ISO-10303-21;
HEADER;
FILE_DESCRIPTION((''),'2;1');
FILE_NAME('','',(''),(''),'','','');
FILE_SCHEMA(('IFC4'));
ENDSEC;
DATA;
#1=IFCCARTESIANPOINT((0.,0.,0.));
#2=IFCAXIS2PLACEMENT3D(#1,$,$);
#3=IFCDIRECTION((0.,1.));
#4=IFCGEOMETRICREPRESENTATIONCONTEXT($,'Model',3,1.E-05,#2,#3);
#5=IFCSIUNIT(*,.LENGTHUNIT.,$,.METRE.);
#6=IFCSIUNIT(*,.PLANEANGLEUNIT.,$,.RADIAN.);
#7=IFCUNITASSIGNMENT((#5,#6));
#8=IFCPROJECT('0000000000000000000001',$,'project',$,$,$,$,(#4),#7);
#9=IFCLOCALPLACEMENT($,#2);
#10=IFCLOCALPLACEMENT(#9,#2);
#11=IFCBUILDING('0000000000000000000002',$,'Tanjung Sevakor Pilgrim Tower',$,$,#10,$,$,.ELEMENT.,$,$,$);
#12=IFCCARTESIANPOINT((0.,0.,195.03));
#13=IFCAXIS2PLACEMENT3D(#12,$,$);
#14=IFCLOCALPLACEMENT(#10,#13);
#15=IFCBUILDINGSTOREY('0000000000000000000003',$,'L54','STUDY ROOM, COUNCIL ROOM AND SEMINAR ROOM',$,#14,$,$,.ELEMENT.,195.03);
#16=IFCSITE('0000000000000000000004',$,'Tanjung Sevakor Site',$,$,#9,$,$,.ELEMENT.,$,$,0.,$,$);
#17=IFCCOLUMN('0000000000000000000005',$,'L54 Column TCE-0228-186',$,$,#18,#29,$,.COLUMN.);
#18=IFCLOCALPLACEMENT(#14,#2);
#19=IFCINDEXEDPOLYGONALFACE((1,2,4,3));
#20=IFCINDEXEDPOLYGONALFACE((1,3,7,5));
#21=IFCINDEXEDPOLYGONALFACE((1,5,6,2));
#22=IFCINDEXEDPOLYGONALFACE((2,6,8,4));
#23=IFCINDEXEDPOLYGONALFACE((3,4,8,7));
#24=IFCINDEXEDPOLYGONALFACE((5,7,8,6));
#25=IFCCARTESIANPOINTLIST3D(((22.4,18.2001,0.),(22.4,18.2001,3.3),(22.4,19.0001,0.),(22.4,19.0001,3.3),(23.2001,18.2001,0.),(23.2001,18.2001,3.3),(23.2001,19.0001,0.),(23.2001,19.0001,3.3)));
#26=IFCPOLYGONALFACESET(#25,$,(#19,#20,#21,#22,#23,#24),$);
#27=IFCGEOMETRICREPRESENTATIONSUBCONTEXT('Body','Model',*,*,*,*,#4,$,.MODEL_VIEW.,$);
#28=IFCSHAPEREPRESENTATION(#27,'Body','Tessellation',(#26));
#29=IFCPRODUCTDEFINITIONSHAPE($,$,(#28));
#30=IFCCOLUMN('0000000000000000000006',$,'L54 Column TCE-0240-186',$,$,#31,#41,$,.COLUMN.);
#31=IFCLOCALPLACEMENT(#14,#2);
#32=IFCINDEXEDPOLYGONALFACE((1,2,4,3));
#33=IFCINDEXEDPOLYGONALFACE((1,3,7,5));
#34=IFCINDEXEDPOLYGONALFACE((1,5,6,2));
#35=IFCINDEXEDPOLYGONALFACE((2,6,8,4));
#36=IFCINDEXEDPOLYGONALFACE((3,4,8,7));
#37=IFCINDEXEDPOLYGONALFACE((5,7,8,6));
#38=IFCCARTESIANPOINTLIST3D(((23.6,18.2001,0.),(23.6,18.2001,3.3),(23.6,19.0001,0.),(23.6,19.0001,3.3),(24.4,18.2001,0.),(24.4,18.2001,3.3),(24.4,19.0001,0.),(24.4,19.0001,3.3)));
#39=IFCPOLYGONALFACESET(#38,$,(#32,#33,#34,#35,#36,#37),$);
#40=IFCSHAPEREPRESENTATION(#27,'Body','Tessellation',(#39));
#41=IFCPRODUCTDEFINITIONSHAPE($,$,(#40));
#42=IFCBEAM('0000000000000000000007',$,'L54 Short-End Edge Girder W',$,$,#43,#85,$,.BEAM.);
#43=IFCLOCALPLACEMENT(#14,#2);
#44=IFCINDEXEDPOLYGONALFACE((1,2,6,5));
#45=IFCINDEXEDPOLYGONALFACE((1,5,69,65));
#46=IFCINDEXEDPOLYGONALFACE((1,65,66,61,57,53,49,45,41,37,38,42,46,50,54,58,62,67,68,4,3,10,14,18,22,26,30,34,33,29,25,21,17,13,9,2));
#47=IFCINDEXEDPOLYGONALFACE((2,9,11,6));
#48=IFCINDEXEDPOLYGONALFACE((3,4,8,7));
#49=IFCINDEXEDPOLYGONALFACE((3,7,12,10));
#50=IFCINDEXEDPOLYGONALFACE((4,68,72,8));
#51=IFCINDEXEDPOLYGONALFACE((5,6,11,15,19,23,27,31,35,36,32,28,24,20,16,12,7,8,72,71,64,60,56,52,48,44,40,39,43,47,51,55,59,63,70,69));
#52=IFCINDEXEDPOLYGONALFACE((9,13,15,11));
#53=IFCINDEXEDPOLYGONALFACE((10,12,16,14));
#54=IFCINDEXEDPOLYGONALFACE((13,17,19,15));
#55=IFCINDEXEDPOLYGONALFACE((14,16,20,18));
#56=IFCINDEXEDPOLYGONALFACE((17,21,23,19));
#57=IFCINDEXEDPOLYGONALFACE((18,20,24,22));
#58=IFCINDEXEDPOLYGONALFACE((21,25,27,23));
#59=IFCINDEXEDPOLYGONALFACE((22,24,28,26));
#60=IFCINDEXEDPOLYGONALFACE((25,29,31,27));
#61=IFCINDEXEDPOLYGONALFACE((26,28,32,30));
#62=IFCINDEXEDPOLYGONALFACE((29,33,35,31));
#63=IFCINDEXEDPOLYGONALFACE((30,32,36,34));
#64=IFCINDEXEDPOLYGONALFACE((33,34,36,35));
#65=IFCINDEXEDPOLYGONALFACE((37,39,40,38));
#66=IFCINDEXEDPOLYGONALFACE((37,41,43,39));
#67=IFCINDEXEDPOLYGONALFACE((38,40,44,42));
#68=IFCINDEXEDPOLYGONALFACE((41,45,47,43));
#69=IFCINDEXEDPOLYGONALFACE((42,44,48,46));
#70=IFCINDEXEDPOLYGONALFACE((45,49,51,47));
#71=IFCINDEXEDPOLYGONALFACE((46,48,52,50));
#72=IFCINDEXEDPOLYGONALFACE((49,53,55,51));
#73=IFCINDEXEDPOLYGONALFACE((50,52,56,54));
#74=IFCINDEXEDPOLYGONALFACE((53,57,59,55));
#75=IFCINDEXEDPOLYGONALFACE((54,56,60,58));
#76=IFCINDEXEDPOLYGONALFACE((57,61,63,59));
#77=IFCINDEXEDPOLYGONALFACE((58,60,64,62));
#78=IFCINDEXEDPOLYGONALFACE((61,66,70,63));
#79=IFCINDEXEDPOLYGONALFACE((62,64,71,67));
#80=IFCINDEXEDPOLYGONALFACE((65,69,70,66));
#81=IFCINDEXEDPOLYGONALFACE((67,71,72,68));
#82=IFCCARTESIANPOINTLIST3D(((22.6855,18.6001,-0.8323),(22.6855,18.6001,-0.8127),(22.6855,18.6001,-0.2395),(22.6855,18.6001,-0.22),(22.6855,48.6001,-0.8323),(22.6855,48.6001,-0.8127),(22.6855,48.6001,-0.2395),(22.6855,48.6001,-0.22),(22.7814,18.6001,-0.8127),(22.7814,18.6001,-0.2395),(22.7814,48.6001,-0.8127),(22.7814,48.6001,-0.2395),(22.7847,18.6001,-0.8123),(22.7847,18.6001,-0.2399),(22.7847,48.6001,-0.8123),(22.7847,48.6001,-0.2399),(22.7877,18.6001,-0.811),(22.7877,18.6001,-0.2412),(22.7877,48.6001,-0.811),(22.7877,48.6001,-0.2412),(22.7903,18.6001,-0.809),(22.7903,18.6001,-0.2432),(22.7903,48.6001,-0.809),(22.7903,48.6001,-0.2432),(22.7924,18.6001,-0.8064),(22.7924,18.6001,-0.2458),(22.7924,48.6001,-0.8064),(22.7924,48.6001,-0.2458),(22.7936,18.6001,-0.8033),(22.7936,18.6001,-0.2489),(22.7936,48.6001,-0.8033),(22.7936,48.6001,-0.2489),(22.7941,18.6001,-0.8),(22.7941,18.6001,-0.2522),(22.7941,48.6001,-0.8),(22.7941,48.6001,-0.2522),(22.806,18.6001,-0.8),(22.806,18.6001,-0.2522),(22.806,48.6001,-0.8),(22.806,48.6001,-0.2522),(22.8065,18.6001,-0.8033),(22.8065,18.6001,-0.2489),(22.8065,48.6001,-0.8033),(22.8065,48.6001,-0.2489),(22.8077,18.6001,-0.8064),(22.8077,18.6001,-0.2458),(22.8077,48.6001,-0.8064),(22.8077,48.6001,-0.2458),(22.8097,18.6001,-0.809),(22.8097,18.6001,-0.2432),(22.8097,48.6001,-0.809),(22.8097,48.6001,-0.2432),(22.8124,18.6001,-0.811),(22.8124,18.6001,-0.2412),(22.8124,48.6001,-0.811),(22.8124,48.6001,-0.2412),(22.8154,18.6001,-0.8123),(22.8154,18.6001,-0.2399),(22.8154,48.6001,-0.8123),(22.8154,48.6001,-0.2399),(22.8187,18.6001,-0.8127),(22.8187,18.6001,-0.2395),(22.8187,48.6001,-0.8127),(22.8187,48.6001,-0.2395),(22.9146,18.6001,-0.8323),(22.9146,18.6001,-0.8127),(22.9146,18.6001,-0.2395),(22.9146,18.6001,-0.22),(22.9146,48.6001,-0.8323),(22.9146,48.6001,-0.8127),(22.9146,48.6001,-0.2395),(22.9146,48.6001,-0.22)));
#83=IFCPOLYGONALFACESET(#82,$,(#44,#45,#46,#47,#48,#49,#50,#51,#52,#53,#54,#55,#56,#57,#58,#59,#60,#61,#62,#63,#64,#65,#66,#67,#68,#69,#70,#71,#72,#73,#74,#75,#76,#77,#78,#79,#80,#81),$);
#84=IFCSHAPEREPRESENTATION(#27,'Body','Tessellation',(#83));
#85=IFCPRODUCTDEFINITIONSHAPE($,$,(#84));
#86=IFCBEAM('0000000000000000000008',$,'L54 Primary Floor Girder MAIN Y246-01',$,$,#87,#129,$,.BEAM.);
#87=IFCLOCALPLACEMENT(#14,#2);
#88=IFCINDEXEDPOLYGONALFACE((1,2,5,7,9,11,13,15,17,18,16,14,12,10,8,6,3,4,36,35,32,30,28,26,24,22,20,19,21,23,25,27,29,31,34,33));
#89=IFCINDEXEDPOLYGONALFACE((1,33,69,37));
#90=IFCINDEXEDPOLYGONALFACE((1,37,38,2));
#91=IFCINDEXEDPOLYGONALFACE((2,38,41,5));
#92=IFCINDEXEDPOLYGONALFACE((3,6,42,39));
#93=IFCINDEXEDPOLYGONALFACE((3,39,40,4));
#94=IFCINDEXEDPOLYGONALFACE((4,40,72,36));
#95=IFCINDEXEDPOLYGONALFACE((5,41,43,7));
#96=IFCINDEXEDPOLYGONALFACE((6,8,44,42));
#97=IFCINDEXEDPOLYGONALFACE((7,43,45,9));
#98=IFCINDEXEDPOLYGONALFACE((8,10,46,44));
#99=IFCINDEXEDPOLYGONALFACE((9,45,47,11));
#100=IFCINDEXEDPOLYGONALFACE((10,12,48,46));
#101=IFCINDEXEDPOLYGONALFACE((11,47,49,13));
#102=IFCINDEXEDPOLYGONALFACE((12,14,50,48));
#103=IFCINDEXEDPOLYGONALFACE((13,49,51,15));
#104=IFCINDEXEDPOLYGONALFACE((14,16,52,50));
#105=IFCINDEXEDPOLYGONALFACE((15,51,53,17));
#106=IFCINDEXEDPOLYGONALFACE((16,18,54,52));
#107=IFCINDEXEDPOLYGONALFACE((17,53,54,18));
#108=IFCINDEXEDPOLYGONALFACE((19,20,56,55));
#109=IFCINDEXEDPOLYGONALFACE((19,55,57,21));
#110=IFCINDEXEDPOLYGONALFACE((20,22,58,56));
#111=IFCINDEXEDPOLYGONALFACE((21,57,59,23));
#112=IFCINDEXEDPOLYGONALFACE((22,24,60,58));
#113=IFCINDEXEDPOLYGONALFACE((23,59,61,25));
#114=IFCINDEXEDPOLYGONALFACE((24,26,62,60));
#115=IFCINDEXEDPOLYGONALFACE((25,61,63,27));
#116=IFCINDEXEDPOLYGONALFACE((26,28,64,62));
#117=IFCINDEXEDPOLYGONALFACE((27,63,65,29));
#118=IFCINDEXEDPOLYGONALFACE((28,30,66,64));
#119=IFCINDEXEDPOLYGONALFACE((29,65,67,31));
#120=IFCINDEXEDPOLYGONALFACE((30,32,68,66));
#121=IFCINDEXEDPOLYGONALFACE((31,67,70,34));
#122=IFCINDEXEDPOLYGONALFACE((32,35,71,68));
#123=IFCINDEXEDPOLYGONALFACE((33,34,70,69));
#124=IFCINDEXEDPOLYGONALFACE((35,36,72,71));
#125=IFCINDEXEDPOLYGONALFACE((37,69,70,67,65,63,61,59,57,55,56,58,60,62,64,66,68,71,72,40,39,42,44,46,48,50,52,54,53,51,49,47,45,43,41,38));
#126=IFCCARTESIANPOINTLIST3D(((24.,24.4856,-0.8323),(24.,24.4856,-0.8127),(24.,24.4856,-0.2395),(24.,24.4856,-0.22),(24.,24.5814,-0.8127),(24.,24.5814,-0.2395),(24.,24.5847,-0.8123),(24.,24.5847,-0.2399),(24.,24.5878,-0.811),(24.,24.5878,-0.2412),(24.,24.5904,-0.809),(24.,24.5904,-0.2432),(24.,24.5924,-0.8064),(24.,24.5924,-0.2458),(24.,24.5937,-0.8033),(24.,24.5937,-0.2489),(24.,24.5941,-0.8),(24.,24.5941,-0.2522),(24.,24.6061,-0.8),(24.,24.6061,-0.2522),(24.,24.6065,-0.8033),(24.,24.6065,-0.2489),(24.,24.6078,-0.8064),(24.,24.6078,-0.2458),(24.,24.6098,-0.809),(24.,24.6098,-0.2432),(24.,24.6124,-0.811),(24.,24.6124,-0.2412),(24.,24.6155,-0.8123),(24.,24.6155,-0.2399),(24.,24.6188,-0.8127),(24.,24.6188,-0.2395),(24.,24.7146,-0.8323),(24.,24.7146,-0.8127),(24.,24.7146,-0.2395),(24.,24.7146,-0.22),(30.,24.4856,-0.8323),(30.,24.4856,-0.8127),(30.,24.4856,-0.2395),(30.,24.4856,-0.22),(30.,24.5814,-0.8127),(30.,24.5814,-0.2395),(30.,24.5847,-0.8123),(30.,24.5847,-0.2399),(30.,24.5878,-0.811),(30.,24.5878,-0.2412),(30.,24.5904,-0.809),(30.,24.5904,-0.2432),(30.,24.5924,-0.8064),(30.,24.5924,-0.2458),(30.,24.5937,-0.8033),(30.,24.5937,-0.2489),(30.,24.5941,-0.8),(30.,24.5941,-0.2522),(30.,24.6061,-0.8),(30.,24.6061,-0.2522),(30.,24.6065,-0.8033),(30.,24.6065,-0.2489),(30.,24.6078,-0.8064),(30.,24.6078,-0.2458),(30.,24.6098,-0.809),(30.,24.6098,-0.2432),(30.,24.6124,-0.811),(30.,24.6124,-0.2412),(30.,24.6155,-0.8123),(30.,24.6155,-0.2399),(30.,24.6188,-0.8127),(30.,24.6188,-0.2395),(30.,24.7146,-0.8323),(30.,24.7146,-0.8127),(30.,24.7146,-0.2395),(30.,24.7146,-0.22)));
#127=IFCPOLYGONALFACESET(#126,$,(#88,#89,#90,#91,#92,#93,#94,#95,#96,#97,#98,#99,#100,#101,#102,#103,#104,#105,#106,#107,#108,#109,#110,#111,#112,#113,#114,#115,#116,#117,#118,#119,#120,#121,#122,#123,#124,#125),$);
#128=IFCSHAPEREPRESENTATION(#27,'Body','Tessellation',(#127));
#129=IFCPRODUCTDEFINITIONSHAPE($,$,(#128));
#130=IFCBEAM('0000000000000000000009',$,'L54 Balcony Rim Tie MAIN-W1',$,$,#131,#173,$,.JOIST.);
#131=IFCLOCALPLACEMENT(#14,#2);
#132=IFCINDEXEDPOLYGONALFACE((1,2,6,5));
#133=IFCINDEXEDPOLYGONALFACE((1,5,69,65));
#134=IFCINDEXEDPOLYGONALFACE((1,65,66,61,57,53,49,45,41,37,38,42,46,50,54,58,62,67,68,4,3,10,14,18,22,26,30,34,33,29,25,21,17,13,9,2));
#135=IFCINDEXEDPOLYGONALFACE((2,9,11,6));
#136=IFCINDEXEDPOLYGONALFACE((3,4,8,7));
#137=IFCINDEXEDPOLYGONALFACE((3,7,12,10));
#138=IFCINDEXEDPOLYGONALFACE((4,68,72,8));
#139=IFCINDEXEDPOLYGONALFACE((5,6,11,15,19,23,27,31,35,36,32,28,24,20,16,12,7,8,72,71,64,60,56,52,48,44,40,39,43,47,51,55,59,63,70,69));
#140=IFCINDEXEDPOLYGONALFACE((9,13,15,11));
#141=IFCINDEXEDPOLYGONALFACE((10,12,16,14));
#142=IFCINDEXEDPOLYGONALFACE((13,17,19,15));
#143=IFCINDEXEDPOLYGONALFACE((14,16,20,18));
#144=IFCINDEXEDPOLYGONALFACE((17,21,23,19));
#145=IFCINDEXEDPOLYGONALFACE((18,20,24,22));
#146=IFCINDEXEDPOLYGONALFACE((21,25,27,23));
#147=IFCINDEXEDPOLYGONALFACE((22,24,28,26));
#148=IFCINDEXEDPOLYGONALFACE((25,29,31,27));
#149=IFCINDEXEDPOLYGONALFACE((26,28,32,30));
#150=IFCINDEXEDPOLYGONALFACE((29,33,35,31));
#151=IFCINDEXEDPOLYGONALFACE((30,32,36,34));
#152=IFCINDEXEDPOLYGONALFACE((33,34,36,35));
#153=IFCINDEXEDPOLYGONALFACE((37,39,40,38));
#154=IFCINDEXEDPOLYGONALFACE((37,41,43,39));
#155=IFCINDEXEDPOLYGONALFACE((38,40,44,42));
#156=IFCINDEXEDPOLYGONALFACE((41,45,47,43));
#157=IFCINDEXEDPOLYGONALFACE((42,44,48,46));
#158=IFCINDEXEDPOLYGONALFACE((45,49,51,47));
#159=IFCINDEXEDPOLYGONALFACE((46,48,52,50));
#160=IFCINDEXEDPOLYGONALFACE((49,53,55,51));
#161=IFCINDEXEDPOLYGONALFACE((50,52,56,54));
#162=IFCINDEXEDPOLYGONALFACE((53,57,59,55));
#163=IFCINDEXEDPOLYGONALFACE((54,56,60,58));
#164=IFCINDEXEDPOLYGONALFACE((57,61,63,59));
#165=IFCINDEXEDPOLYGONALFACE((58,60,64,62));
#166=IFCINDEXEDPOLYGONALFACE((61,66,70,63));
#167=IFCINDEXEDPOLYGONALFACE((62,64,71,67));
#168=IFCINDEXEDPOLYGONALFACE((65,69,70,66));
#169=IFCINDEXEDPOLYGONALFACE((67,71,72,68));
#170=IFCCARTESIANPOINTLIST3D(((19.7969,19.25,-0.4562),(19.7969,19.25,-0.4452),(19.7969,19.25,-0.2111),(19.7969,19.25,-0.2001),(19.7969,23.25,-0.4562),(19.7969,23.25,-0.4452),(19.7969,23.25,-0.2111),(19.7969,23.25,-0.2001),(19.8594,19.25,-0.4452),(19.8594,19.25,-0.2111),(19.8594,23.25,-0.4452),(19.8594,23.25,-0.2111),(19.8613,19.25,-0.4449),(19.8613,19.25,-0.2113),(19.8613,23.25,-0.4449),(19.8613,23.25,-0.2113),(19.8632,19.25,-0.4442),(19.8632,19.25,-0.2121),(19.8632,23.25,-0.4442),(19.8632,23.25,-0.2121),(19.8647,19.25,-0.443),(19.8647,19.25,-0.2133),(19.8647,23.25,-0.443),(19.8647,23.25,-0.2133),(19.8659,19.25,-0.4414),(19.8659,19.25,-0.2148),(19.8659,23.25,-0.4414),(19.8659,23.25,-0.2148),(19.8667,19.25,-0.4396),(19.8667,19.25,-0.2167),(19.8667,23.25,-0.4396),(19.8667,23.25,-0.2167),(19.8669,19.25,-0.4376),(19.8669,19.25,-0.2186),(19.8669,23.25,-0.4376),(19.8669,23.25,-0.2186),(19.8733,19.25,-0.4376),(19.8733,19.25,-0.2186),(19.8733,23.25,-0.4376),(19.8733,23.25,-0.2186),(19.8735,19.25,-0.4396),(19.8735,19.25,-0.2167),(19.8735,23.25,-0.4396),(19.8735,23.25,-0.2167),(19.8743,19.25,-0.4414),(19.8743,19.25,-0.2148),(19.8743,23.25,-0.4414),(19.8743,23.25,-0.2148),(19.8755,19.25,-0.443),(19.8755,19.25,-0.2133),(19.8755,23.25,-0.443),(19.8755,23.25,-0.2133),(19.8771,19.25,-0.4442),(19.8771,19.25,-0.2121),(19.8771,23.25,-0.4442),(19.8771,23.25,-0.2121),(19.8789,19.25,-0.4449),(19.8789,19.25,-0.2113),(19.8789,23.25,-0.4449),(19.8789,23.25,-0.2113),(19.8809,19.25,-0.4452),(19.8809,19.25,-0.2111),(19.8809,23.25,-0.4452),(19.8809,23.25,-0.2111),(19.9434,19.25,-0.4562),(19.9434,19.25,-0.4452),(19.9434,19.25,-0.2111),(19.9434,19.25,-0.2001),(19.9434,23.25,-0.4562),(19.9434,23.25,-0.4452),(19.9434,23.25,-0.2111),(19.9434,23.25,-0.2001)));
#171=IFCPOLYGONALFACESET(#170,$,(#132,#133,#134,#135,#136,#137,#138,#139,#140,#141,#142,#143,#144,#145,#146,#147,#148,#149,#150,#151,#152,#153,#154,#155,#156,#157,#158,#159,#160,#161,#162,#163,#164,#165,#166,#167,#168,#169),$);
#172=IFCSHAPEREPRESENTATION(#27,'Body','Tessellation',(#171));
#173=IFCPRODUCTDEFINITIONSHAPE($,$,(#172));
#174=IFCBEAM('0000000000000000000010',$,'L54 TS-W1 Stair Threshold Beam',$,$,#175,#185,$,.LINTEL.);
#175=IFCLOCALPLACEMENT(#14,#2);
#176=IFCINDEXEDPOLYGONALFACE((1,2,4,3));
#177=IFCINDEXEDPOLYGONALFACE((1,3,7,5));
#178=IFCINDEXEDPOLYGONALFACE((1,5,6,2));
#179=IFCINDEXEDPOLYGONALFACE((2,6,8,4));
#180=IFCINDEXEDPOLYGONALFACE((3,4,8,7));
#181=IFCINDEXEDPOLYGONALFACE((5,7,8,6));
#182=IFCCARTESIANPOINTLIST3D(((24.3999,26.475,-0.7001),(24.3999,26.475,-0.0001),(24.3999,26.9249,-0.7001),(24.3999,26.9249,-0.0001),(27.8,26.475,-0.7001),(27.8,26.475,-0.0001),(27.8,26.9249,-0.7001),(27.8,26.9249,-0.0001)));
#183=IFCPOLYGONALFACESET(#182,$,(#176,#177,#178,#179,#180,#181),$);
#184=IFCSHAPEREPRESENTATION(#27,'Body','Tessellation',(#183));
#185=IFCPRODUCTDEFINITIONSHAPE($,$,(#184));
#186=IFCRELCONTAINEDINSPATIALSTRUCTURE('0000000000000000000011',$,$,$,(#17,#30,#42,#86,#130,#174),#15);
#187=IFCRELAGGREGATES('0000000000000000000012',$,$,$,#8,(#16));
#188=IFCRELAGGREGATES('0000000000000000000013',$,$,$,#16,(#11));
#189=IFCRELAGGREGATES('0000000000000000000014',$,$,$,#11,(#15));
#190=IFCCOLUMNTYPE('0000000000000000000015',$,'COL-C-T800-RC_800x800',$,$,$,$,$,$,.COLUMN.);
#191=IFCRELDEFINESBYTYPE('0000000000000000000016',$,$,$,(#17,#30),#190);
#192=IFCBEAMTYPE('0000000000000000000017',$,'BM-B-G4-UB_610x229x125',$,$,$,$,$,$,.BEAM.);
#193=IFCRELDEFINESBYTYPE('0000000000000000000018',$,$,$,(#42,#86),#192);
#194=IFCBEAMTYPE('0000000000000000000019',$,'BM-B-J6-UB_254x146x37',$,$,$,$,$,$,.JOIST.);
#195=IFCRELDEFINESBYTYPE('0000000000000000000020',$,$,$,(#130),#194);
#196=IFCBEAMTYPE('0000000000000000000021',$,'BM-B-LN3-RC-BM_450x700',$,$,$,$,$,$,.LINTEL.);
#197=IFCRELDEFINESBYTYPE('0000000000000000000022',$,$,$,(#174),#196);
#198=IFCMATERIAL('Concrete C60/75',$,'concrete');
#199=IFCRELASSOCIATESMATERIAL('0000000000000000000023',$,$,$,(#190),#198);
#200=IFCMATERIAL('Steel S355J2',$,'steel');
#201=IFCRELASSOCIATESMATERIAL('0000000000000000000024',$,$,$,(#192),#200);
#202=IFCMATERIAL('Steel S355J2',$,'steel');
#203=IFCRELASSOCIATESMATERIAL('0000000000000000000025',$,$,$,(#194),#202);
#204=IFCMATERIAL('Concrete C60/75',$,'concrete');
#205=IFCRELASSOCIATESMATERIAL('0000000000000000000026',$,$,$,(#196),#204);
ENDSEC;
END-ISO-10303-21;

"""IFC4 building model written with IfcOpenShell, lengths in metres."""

from ifc_helpers import new_model, si_unit, direction, frame, origin, origin_2d, place, context, subcontext, project, spatial, rectangle, i_section, extrude, material, material_profile, profile_set, type_object, element, save


model = new_model("IFC4")

# Units and contexts
model_context = context("Model", 3, precision=1e-05, world=origin(), true_north=direction((0.0, 1.0)))
body_context = subcontext(model_context, "Body", "Model", "MODEL_VIEW")
ifc_project = project(units=[si_unit("LENGTHUNIT", "METRE"), si_unit("PLANEANGLEUNIT", "RADIAN")], contexts=[model_context])

# Site, building, storey
site_placement = place(None, origin())
site = spatial("IfcSite", under=ifc_project, at=site_placement, Name="Tanjung Sevakor Site", CompositionType="ELEMENT", RefElevation=0.0)
building_placement = place(site_placement, origin())
building = spatial("IfcBuilding", under=site, at=building_placement, Name="Tanjung Sevakor Pilgrim Tower", CompositionType="ELEMENT")
storey_placement = place(building_placement, frame((0.0, 0.0, 195.03)))
storey = spatial("IfcBuildingStorey", under=building, at=storey_placement, Name="L54", Description="STUDY ROOM, COUNCIL ROOM AND SEMINAR ROOM", CompositionType="ELEMENT", Elevation=195.03)

# Columns
ifc_material_1 = material(Name="Concrete C60/75", Category="concrete")
ifc_material_profile_1 = material_profile(ifc_material_1, rectangle(XDim=0.8, YDim=0.8, at=origin_2d()))
ifc_profile_set_1 = profile_set([ifc_material_profile_1], Name="Concrete C60/75")
column_type = type_object("IfcColumnType", Name="COL-C-T800-RC_800x800", PredefinedType="COLUMN", material=ifc_profile_set_1)
for number, where, z_axis, x_axis, name in (
    (1, (22.8, 18.6001, 0.0), (0.0, 0.0, 1.0), (1.0, 0.0, 0.0), "L54 Column TCE-0228-186"),
    (2, (24.0, 18.6001, 0.0), (0.0, 0.0, 1.0), (1.0, 0.0, 0.0), "L54 Column TCE-0240-186"),
):
    element("IfcColumn", number, at=place(storey_placement, frame(where, z_axis=z_axis, x_axis=x_axis)), inside=storey, type_object=column_type, Name=name, PredefinedType="COLUMN", context=body_context, shape_type="SweptSolid", body=[
        extrude(rectangle(XDim=0.8, YDim=0.8, at=origin_2d()), origin(), (0.0, 0.0, 1.0), 3.3),
    ])

# Beams
ifc_material_2 = material(Name="Steel S355J2", Category="steel")
ifc_material_profile_2 = material_profile(ifc_material_2, i_section(OverallWidth=0.229, OverallDepth=0.6123, WebThickness=0.012, FlangeThickness=0.0195, FilletRadius=0.0127, at=origin_2d()))
ifc_profile_set_2 = profile_set([ifc_material_profile_2], Name="Steel S355J2")
beam_type_1 = type_object("IfcBeamType", Name="BM-B-G4-UB_610x229x125", PredefinedType="BEAM", material=ifc_profile_set_2)
beam_1_placement = place(storey_placement, frame((22.8, 18.6001, -0.5261), z_axis=(0.0, 1.0, 0.0), x_axis=(-1.0, 0.0, 0.0)))
element("IfcBeam", 3, at=beam_1_placement, inside=storey, type_object=beam_type_1, Name="L54 Short-End Edge Girder W", PredefinedType="BEAM", context=body_context, shape_type="SweptSolid", body=[
    extrude(i_section(OverallWidth=0.229, OverallDepth=0.6123, WebThickness=0.012, FlangeThickness=0.0195, FilletRadius=0.0127, at=origin_2d()), origin(), (0.0, 0.0, 1.0), 30.0),
])
beam_2_placement = place(storey_placement, frame((24.0, 24.6001, -0.5261), z_axis=(1.0, 0.0, 0.0), x_axis=(0.0, 1.0, 0.0)))
element("IfcBeam", 4, at=beam_2_placement, inside=storey, type_object=beam_type_1, Name="L54 Primary Floor Girder MAIN Y246-01", PredefinedType="BEAM", context=body_context, shape_type="SweptSolid", body=[
    extrude(i_section(OverallWidth=0.229, OverallDepth=0.6123, WebThickness=0.012, FlangeThickness=0.0195, FilletRadius=0.0127, at=origin_2d()), origin(), (0.0, 0.0, 1.0), 6.0),
])
ifc_material_3 = material(Name="Steel S355J2", Category="steel")
ifc_material_profile_3 = material_profile(ifc_material_3, i_section(OverallWidth=0.1465, OverallDepth=0.2561, WebThickness=0.0063, FlangeThickness=0.011, FilletRadius=0.0076, at=origin_2d()))
ifc_profile_set_3 = profile_set([ifc_material_profile_3], Name="Steel S355J2")
beam_type_2 = type_object("IfcBeamType", Name="BM-B-J6-UB_254x146x37", PredefinedType="JOIST", material=ifc_profile_set_3)
beam_3_placement = place(storey_placement, frame((19.8701, 19.25, -0.3281), z_axis=(0.0, 1.0, 0.0), x_axis=(-1.0, 0.0, 0.0)))
element("IfcBeam", 5, at=beam_3_placement, inside=storey, type_object=beam_type_2, Name="L54 Balcony Rim Tie MAIN-W1", PredefinedType="JOIST", context=body_context, shape_type="SweptSolid", body=[
    extrude(i_section(OverallWidth=0.1465, OverallDepth=0.2561, WebThickness=0.0063, FlangeThickness=0.011, FilletRadius=0.0076, at=origin_2d()), origin(), (0.0, 0.0, 1.0), 4.0),
])
ifc_material_4 = material(Name="Concrete C60/75", Category="concrete")
ifc_material_profile_4 = material_profile(ifc_material_4, rectangle(XDim=0.45, YDim=0.7, at=origin_2d()))
ifc_profile_set_4 = profile_set([ifc_material_profile_4], Name="Concrete C60/75")
beam_type_3 = type_object("IfcBeamType", Name="BM-B-LN3-RC-BM_450x700", PredefinedType="LINTEL", material=ifc_profile_set_4)
beam_4_placement = place(storey_placement, frame((24.3999, 26.7, -0.3501), z_axis=(1.0, 0.0, 0.0), x_axis=(0.0, 1.0, 0.0)))
element("IfcBeam", 6, at=beam_4_placement, inside=storey, type_object=beam_type_3, Name="L54 TS-W1 Stair Threshold Beam", PredefinedType="LINTEL", context=body_context, shape_type="SweptSolid", body=[
    extrude(rectangle(XDim=0.45, YDim=0.7, at=origin_2d()), origin(), (0.0, 0.0, 1.0), 3.4001),
])

save(model, "model.ifc")
